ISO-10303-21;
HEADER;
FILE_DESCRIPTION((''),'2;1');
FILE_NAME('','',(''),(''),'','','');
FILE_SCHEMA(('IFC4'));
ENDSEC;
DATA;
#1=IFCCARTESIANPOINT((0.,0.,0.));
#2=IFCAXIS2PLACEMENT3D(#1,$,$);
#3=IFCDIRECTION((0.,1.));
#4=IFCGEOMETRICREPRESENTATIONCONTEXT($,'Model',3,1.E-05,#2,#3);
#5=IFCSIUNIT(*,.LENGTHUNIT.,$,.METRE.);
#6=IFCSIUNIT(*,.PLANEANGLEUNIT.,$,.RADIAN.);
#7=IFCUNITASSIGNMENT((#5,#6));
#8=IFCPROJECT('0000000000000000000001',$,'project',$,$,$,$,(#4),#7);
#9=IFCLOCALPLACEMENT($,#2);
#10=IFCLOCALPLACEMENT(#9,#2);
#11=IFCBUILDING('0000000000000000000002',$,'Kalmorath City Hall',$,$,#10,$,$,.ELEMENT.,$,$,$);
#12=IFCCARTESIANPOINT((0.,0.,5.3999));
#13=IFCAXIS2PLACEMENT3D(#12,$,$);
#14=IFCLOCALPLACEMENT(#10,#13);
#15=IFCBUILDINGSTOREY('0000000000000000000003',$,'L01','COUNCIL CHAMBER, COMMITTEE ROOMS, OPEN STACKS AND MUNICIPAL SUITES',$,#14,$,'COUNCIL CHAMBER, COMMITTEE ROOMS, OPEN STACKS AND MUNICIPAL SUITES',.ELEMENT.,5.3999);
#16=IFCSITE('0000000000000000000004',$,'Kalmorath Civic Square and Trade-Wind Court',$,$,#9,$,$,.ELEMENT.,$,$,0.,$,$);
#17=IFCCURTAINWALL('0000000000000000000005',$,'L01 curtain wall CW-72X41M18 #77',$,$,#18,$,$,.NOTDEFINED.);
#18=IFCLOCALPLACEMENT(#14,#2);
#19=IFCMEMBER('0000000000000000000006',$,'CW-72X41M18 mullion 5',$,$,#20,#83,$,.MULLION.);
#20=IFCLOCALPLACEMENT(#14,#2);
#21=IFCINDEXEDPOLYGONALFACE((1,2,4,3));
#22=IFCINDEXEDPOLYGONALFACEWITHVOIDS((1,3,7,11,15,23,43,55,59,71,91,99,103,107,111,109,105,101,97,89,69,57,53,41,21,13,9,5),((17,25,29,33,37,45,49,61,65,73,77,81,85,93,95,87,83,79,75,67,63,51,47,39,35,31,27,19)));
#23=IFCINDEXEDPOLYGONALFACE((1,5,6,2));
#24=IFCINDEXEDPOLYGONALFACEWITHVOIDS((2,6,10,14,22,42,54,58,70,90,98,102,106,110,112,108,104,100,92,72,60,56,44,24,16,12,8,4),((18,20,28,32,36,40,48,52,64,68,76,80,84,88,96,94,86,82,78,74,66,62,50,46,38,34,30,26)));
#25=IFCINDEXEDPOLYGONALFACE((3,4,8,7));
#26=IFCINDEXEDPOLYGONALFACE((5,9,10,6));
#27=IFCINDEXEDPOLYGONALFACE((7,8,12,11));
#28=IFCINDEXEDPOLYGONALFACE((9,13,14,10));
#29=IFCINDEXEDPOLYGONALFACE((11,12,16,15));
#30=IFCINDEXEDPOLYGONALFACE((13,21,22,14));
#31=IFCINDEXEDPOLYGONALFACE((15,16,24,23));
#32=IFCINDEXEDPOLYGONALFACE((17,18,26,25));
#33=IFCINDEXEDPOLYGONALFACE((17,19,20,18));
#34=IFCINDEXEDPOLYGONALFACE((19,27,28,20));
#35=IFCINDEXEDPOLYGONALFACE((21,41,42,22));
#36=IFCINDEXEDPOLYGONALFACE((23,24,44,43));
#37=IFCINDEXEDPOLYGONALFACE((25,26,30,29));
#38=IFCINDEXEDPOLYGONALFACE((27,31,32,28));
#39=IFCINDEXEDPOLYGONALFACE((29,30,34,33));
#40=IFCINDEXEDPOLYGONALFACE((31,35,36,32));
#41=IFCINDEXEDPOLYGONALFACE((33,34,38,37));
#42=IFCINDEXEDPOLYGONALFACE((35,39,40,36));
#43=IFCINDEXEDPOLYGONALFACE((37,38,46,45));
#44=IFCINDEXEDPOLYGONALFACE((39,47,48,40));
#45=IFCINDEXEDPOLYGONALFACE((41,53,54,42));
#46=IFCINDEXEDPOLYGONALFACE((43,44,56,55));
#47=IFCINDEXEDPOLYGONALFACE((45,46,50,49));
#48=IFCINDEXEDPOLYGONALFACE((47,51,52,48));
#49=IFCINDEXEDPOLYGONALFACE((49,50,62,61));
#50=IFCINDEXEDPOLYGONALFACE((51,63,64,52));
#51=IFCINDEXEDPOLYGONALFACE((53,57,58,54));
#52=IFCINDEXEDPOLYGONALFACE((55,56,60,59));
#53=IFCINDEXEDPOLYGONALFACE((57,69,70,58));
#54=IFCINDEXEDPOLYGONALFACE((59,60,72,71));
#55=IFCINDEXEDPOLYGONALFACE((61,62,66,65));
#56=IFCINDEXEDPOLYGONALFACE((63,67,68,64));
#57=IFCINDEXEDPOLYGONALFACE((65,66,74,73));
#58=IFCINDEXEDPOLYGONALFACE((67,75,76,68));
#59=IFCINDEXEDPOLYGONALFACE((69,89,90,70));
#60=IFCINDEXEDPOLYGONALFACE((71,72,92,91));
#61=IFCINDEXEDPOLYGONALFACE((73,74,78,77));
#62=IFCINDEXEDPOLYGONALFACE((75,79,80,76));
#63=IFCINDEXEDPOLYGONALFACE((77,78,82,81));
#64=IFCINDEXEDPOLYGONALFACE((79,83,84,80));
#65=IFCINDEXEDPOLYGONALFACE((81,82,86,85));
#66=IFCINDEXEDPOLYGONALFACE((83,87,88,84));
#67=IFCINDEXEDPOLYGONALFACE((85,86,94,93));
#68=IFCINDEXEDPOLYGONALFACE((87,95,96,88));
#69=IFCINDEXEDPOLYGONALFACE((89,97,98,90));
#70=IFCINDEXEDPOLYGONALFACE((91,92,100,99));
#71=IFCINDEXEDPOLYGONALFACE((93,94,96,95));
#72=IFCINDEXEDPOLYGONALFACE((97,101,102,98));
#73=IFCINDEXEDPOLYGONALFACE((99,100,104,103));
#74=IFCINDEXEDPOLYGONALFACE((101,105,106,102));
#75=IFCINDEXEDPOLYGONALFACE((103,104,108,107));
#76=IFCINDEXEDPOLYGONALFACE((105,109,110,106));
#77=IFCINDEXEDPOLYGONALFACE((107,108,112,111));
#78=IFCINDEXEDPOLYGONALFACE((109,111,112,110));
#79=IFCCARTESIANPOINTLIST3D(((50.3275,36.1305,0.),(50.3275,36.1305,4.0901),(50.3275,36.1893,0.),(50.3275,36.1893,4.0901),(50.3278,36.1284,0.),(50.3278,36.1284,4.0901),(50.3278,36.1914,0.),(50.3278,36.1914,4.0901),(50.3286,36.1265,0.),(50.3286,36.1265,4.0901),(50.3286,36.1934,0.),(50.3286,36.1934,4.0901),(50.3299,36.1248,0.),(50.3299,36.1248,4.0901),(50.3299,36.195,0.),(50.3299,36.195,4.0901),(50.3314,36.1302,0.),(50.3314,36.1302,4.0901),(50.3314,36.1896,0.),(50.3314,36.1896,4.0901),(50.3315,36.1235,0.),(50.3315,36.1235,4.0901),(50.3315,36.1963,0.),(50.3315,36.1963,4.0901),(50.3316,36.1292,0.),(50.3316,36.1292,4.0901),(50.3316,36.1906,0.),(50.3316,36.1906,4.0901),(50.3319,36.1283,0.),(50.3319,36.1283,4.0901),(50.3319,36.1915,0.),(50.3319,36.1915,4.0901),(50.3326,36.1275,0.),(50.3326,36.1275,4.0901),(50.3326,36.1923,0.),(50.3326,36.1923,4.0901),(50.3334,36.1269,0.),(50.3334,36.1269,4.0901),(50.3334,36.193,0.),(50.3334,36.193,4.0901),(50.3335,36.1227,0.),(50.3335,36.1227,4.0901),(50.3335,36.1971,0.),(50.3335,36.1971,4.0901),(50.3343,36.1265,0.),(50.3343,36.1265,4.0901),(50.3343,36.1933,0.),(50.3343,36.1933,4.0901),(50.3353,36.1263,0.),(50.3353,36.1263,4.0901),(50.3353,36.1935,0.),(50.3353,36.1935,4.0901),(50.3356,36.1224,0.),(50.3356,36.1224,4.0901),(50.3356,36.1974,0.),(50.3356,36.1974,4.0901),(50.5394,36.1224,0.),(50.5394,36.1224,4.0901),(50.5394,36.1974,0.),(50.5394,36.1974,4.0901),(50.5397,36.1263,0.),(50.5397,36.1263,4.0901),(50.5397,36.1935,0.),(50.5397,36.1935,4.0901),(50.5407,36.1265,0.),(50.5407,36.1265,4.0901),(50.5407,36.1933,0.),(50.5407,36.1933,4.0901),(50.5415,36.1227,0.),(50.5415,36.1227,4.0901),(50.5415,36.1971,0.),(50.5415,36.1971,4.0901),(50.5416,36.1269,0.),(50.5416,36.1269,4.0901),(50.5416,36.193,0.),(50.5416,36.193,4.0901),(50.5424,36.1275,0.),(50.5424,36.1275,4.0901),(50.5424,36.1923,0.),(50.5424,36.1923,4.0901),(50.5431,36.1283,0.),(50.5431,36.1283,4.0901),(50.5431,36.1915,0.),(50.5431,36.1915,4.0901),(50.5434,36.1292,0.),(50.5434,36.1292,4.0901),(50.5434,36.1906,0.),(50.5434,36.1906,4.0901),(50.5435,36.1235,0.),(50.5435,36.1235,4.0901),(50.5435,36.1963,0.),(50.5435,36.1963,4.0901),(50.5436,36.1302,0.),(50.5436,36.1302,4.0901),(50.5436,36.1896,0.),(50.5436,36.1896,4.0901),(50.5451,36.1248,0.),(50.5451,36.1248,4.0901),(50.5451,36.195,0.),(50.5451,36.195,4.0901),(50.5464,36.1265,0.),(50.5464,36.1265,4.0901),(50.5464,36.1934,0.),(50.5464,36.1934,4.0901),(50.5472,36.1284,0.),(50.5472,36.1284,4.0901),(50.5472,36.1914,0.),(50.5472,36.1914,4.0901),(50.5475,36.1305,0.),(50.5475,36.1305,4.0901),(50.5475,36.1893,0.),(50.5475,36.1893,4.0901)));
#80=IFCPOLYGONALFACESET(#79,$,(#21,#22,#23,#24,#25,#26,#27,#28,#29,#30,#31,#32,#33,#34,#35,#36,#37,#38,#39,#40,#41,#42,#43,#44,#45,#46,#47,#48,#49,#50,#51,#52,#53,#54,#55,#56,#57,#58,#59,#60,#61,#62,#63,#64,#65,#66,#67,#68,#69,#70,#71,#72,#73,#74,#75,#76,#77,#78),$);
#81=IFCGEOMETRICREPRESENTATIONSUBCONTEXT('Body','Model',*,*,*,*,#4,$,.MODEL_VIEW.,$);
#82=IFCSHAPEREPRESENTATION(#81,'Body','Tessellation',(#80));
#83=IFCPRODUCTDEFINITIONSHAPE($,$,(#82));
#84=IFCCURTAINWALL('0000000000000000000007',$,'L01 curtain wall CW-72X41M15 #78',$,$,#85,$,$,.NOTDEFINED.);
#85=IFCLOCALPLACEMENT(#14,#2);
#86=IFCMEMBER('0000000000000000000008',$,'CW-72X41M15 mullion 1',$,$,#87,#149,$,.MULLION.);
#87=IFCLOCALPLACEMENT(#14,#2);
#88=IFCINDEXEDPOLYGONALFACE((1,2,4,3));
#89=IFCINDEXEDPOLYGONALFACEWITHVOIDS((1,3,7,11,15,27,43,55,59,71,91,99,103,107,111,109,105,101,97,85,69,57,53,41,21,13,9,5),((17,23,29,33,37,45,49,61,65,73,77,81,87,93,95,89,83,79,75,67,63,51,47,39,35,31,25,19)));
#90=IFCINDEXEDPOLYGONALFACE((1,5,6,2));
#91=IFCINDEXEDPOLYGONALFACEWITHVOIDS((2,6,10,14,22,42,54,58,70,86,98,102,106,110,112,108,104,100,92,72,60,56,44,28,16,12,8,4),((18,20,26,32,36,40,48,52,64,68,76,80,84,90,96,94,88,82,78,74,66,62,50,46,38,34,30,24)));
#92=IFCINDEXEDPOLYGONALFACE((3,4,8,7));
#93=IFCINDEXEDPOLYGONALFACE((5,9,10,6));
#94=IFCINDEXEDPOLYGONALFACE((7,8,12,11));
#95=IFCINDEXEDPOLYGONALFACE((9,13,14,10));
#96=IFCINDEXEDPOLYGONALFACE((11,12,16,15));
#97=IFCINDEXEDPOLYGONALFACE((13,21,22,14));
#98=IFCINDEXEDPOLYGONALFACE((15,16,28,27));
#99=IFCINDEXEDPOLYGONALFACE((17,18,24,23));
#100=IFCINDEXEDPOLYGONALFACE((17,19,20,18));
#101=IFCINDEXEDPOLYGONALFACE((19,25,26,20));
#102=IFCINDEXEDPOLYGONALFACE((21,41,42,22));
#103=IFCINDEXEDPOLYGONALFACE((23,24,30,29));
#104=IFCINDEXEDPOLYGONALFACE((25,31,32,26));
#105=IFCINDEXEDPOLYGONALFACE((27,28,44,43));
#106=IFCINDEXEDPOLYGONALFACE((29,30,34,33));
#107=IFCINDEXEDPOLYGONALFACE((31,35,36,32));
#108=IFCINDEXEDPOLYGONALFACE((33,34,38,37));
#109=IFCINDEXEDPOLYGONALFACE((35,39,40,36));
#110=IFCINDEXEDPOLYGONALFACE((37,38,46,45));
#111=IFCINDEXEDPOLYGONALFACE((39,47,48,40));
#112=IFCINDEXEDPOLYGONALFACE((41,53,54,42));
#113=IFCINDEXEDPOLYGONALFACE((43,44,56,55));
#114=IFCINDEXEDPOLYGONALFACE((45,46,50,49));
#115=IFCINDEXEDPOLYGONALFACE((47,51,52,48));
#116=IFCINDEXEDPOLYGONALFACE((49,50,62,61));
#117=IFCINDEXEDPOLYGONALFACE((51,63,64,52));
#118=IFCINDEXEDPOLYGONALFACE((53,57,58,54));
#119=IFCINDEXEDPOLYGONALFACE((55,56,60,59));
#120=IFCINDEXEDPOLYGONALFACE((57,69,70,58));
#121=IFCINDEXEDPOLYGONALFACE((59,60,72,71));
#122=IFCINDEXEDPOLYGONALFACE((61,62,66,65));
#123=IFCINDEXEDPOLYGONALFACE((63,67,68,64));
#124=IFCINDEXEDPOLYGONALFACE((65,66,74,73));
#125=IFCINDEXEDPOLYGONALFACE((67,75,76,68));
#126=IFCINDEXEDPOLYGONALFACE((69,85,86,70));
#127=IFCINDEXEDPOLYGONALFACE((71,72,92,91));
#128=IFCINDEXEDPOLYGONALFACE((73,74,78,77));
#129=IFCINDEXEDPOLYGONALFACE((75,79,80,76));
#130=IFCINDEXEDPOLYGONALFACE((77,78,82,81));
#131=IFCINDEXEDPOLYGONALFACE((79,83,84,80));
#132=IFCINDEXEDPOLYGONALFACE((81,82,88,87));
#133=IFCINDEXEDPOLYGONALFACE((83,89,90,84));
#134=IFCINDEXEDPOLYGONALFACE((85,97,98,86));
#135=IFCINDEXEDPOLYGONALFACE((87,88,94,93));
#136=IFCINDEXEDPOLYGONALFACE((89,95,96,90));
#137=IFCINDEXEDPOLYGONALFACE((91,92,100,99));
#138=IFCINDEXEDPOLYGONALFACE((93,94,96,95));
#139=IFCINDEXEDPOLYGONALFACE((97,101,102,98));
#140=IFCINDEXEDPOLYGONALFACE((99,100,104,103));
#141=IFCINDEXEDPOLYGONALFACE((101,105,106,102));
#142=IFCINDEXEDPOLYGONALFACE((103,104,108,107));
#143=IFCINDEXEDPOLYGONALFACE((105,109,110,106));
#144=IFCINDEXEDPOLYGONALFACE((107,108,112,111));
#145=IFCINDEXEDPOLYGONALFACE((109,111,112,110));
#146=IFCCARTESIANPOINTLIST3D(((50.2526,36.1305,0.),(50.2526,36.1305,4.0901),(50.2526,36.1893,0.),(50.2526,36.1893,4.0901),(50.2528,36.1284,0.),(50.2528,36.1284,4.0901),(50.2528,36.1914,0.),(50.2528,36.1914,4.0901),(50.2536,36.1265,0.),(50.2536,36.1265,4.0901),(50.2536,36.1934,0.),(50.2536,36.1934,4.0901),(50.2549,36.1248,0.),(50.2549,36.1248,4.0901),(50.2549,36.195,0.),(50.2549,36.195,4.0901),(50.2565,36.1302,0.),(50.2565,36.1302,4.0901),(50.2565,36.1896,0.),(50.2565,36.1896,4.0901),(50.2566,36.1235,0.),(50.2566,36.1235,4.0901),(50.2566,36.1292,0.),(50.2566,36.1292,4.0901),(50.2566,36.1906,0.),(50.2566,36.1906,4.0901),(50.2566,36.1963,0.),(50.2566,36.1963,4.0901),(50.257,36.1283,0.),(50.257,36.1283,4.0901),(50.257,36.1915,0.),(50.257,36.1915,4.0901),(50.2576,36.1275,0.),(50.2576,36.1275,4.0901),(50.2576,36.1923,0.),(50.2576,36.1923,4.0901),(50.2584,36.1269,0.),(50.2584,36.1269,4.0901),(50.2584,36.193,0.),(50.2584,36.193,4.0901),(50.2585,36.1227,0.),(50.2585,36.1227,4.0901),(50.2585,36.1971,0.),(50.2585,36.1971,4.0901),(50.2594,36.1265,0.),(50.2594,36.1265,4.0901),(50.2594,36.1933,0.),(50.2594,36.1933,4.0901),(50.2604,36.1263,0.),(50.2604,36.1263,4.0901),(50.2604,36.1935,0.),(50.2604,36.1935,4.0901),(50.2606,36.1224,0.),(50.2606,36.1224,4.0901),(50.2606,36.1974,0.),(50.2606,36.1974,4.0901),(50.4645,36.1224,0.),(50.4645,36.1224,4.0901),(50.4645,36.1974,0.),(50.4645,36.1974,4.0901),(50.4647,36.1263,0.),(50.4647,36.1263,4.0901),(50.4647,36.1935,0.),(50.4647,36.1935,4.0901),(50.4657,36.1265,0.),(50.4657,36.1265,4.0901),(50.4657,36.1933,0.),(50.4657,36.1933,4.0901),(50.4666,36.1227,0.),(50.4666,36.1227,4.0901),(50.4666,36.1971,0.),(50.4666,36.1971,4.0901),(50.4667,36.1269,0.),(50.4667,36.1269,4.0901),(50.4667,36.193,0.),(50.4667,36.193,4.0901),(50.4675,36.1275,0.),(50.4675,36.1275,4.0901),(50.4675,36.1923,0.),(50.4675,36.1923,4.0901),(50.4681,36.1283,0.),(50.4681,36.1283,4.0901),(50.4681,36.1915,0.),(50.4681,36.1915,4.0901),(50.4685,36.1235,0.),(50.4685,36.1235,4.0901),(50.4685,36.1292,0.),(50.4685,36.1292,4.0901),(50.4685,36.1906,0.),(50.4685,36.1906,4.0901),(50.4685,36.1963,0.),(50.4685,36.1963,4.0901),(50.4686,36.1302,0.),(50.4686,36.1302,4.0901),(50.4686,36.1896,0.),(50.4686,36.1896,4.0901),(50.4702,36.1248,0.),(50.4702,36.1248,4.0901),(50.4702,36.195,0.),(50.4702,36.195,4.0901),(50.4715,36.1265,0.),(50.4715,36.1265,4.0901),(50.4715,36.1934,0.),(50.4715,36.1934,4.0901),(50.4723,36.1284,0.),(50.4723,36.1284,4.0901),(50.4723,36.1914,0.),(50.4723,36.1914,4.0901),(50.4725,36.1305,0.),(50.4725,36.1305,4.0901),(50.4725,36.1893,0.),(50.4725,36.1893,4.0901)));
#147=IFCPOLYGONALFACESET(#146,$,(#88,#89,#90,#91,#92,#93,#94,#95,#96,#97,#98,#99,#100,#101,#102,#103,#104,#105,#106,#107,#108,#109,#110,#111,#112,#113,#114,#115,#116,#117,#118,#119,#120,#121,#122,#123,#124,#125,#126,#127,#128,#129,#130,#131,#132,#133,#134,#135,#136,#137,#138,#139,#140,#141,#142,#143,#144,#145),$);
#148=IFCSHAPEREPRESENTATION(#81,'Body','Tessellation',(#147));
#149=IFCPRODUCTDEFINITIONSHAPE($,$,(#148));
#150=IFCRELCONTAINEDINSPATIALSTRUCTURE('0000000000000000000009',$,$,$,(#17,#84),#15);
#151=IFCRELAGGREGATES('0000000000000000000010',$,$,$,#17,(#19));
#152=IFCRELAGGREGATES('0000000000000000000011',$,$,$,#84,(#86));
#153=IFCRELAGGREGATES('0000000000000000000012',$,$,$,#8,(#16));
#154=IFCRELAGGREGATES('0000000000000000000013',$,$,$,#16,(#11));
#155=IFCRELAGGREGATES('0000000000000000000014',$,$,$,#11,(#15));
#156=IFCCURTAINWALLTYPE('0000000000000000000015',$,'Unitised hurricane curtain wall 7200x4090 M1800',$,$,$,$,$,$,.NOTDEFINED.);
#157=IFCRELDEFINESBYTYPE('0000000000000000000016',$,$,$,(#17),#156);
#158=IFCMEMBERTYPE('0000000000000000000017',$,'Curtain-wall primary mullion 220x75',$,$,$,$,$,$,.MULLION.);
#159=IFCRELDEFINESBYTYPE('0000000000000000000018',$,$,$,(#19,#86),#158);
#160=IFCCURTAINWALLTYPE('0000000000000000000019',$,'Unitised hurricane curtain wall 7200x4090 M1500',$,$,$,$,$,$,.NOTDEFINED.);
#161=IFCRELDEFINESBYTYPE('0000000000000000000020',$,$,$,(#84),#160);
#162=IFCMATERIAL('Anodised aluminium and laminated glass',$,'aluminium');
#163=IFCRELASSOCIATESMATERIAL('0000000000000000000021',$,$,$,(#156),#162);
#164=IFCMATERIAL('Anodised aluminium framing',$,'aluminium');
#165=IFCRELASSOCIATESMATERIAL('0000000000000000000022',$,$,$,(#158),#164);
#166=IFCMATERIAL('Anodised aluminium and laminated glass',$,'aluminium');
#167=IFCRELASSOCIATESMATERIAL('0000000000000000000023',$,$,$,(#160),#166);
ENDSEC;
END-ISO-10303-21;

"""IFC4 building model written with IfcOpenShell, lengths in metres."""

from ifc_helpers import new_model, si_unit, direction, frame, origin, origin_2d, place, context, subcontext, project, spatial, hollow_rectangle, extrude, material, material_profile, profile_set, type_object, element, aggregate, save


model = new_model("IFC4")

# Units and contexts
model_context = context("Model", 3, precision=1e-05, world=origin(), true_north=direction((0.0, 1.0)))
body_context = subcontext(model_context, "Body", "Model", "MODEL_VIEW")
ifc_project = project(units=[si_unit("LENGTHUNIT", "METRE"), si_unit("PLANEANGLEUNIT", "RADIAN")], contexts=[model_context])

# Site, building, storey
site_placement = place(None, origin())
site = spatial("IfcSite", under=ifc_project, at=site_placement, Name="Kalmorath Civic Square and Trade-Wind Court", CompositionType="ELEMENT", RefElevation=0.0)
building_placement = place(site_placement, origin())
building = spatial("IfcBuilding", under=site, at=building_placement, Name="Kalmorath City Hall", CompositionType="ELEMENT")
storey_placement = place(building_placement, frame((0.0, 0.0, 5.3999)))
storey = spatial("IfcBuildingStorey", under=building, at=storey_placement, Name="L01", Description="COUNCIL CHAMBER, COMMITTEE ROOMS, OPEN STACKS AND MUNICIPAL SUITES", LongName="COUNCIL CHAMBER, COMMITTEE ROOMS, OPEN STACKS AND MUNICIPAL SUITES", CompositionType="ELEMENT", Elevation=5.3999)

# Curtain wall, member
ifc_material_1 = material(Name="Anodised aluminium and laminated glass", Category="aluminium")
curtain_wall_type_1 = type_object("IfcCurtainWallType", Name="Unitised hurricane curtain wall 7200x4090 M1800", PredefinedType="NOTDEFINED", material=ifc_material_1)
curtain_wall_1_placement = place(storey_placement, origin())
curtain_wall_1 = element("IfcCurtainWall", 1, at=curtain_wall_1_placement, inside=storey, type_object=curtain_wall_type_1, Name="L01 curtain wall CW-72X41M18 #77", PredefinedType="NOTDEFINED")
ifc_material_2 = material(Name="Anodised aluminium framing", Category="aluminium")
ifc_material_profile_1 = material_profile(ifc_material_2, hollow_rectangle(XDim=0.075, YDim=0.22, WallThickness=0.0039, InnerFilletRadius=0.0039, OuterFilletRadius=0.0081, at=origin_2d()), Name="ALU-MUL-220X75X4")
ifc_profile_set_1 = profile_set([ifc_material_profile_1], Name="Anodised aluminium framing")
member_type_1 = type_object("IfcMemberType", Name="Curtain-wall primary mullion 220x75", PredefinedType="MULLION", material=ifc_profile_set_1)
member_1_placement = place(storey_placement, frame((50.4375, 36.1599, 0.0), z_axis=(0.0, 0.0, 1.0), x_axis=(0.0, -1.0, 0.0)))
member_1 = element("IfcMember", 2, at=member_1_placement, type_object=member_type_1, Name="CW-72X41M18 mullion 5", PredefinedType="MULLION", context=body_context, shape_type="SweptSolid", body=[
    extrude(hollow_rectangle(XDim=0.075, YDim=0.22, WallThickness=0.0039, InnerFilletRadius=0.0039, OuterFilletRadius=0.0081, at=origin_2d()), origin(), (0.0, 0.0, 1.0), 4.0901),
])

# Curtain wall, member
ifc_material_3 = material(Name="Anodised aluminium and laminated glass", Category="aluminium")
curtain_wall_type_2 = type_object("IfcCurtainWallType", Name="Unitised hurricane curtain wall 7200x4090 M1500", PredefinedType="NOTDEFINED", material=ifc_material_3)
curtain_wall_2_placement = place(storey_placement, origin())
curtain_wall_2 = element("IfcCurtainWall", 3, at=curtain_wall_2_placement, inside=storey, type_object=curtain_wall_type_2, Name="L01 curtain wall CW-72X41M15 #78", PredefinedType="NOTDEFINED")
member_2_placement = place(storey_placement, frame((50.3625, 36.1599, 0.0), z_axis=(0.0, 0.0, 1.0), x_axis=(0.0, -1.0, 0.0)))
member_2 = element("IfcMember", 4, at=member_2_placement, type_object=member_type_1, Name="CW-72X41M15 mullion 1", PredefinedType="MULLION", context=body_context, shape_type="SweptSolid", body=[
    extrude(hollow_rectangle(XDim=0.075, YDim=0.22, WallThickness=0.0039, InnerFilletRadius=0.0039, OuterFilletRadius=0.0081, at=origin_2d()), origin(), (0.0, 0.0, 1.0), 4.0901),
])

aggregate(curtain_wall_1, [member_1])
aggregate(curtain_wall_2, [member_2])

save(model, "model.ifc")
